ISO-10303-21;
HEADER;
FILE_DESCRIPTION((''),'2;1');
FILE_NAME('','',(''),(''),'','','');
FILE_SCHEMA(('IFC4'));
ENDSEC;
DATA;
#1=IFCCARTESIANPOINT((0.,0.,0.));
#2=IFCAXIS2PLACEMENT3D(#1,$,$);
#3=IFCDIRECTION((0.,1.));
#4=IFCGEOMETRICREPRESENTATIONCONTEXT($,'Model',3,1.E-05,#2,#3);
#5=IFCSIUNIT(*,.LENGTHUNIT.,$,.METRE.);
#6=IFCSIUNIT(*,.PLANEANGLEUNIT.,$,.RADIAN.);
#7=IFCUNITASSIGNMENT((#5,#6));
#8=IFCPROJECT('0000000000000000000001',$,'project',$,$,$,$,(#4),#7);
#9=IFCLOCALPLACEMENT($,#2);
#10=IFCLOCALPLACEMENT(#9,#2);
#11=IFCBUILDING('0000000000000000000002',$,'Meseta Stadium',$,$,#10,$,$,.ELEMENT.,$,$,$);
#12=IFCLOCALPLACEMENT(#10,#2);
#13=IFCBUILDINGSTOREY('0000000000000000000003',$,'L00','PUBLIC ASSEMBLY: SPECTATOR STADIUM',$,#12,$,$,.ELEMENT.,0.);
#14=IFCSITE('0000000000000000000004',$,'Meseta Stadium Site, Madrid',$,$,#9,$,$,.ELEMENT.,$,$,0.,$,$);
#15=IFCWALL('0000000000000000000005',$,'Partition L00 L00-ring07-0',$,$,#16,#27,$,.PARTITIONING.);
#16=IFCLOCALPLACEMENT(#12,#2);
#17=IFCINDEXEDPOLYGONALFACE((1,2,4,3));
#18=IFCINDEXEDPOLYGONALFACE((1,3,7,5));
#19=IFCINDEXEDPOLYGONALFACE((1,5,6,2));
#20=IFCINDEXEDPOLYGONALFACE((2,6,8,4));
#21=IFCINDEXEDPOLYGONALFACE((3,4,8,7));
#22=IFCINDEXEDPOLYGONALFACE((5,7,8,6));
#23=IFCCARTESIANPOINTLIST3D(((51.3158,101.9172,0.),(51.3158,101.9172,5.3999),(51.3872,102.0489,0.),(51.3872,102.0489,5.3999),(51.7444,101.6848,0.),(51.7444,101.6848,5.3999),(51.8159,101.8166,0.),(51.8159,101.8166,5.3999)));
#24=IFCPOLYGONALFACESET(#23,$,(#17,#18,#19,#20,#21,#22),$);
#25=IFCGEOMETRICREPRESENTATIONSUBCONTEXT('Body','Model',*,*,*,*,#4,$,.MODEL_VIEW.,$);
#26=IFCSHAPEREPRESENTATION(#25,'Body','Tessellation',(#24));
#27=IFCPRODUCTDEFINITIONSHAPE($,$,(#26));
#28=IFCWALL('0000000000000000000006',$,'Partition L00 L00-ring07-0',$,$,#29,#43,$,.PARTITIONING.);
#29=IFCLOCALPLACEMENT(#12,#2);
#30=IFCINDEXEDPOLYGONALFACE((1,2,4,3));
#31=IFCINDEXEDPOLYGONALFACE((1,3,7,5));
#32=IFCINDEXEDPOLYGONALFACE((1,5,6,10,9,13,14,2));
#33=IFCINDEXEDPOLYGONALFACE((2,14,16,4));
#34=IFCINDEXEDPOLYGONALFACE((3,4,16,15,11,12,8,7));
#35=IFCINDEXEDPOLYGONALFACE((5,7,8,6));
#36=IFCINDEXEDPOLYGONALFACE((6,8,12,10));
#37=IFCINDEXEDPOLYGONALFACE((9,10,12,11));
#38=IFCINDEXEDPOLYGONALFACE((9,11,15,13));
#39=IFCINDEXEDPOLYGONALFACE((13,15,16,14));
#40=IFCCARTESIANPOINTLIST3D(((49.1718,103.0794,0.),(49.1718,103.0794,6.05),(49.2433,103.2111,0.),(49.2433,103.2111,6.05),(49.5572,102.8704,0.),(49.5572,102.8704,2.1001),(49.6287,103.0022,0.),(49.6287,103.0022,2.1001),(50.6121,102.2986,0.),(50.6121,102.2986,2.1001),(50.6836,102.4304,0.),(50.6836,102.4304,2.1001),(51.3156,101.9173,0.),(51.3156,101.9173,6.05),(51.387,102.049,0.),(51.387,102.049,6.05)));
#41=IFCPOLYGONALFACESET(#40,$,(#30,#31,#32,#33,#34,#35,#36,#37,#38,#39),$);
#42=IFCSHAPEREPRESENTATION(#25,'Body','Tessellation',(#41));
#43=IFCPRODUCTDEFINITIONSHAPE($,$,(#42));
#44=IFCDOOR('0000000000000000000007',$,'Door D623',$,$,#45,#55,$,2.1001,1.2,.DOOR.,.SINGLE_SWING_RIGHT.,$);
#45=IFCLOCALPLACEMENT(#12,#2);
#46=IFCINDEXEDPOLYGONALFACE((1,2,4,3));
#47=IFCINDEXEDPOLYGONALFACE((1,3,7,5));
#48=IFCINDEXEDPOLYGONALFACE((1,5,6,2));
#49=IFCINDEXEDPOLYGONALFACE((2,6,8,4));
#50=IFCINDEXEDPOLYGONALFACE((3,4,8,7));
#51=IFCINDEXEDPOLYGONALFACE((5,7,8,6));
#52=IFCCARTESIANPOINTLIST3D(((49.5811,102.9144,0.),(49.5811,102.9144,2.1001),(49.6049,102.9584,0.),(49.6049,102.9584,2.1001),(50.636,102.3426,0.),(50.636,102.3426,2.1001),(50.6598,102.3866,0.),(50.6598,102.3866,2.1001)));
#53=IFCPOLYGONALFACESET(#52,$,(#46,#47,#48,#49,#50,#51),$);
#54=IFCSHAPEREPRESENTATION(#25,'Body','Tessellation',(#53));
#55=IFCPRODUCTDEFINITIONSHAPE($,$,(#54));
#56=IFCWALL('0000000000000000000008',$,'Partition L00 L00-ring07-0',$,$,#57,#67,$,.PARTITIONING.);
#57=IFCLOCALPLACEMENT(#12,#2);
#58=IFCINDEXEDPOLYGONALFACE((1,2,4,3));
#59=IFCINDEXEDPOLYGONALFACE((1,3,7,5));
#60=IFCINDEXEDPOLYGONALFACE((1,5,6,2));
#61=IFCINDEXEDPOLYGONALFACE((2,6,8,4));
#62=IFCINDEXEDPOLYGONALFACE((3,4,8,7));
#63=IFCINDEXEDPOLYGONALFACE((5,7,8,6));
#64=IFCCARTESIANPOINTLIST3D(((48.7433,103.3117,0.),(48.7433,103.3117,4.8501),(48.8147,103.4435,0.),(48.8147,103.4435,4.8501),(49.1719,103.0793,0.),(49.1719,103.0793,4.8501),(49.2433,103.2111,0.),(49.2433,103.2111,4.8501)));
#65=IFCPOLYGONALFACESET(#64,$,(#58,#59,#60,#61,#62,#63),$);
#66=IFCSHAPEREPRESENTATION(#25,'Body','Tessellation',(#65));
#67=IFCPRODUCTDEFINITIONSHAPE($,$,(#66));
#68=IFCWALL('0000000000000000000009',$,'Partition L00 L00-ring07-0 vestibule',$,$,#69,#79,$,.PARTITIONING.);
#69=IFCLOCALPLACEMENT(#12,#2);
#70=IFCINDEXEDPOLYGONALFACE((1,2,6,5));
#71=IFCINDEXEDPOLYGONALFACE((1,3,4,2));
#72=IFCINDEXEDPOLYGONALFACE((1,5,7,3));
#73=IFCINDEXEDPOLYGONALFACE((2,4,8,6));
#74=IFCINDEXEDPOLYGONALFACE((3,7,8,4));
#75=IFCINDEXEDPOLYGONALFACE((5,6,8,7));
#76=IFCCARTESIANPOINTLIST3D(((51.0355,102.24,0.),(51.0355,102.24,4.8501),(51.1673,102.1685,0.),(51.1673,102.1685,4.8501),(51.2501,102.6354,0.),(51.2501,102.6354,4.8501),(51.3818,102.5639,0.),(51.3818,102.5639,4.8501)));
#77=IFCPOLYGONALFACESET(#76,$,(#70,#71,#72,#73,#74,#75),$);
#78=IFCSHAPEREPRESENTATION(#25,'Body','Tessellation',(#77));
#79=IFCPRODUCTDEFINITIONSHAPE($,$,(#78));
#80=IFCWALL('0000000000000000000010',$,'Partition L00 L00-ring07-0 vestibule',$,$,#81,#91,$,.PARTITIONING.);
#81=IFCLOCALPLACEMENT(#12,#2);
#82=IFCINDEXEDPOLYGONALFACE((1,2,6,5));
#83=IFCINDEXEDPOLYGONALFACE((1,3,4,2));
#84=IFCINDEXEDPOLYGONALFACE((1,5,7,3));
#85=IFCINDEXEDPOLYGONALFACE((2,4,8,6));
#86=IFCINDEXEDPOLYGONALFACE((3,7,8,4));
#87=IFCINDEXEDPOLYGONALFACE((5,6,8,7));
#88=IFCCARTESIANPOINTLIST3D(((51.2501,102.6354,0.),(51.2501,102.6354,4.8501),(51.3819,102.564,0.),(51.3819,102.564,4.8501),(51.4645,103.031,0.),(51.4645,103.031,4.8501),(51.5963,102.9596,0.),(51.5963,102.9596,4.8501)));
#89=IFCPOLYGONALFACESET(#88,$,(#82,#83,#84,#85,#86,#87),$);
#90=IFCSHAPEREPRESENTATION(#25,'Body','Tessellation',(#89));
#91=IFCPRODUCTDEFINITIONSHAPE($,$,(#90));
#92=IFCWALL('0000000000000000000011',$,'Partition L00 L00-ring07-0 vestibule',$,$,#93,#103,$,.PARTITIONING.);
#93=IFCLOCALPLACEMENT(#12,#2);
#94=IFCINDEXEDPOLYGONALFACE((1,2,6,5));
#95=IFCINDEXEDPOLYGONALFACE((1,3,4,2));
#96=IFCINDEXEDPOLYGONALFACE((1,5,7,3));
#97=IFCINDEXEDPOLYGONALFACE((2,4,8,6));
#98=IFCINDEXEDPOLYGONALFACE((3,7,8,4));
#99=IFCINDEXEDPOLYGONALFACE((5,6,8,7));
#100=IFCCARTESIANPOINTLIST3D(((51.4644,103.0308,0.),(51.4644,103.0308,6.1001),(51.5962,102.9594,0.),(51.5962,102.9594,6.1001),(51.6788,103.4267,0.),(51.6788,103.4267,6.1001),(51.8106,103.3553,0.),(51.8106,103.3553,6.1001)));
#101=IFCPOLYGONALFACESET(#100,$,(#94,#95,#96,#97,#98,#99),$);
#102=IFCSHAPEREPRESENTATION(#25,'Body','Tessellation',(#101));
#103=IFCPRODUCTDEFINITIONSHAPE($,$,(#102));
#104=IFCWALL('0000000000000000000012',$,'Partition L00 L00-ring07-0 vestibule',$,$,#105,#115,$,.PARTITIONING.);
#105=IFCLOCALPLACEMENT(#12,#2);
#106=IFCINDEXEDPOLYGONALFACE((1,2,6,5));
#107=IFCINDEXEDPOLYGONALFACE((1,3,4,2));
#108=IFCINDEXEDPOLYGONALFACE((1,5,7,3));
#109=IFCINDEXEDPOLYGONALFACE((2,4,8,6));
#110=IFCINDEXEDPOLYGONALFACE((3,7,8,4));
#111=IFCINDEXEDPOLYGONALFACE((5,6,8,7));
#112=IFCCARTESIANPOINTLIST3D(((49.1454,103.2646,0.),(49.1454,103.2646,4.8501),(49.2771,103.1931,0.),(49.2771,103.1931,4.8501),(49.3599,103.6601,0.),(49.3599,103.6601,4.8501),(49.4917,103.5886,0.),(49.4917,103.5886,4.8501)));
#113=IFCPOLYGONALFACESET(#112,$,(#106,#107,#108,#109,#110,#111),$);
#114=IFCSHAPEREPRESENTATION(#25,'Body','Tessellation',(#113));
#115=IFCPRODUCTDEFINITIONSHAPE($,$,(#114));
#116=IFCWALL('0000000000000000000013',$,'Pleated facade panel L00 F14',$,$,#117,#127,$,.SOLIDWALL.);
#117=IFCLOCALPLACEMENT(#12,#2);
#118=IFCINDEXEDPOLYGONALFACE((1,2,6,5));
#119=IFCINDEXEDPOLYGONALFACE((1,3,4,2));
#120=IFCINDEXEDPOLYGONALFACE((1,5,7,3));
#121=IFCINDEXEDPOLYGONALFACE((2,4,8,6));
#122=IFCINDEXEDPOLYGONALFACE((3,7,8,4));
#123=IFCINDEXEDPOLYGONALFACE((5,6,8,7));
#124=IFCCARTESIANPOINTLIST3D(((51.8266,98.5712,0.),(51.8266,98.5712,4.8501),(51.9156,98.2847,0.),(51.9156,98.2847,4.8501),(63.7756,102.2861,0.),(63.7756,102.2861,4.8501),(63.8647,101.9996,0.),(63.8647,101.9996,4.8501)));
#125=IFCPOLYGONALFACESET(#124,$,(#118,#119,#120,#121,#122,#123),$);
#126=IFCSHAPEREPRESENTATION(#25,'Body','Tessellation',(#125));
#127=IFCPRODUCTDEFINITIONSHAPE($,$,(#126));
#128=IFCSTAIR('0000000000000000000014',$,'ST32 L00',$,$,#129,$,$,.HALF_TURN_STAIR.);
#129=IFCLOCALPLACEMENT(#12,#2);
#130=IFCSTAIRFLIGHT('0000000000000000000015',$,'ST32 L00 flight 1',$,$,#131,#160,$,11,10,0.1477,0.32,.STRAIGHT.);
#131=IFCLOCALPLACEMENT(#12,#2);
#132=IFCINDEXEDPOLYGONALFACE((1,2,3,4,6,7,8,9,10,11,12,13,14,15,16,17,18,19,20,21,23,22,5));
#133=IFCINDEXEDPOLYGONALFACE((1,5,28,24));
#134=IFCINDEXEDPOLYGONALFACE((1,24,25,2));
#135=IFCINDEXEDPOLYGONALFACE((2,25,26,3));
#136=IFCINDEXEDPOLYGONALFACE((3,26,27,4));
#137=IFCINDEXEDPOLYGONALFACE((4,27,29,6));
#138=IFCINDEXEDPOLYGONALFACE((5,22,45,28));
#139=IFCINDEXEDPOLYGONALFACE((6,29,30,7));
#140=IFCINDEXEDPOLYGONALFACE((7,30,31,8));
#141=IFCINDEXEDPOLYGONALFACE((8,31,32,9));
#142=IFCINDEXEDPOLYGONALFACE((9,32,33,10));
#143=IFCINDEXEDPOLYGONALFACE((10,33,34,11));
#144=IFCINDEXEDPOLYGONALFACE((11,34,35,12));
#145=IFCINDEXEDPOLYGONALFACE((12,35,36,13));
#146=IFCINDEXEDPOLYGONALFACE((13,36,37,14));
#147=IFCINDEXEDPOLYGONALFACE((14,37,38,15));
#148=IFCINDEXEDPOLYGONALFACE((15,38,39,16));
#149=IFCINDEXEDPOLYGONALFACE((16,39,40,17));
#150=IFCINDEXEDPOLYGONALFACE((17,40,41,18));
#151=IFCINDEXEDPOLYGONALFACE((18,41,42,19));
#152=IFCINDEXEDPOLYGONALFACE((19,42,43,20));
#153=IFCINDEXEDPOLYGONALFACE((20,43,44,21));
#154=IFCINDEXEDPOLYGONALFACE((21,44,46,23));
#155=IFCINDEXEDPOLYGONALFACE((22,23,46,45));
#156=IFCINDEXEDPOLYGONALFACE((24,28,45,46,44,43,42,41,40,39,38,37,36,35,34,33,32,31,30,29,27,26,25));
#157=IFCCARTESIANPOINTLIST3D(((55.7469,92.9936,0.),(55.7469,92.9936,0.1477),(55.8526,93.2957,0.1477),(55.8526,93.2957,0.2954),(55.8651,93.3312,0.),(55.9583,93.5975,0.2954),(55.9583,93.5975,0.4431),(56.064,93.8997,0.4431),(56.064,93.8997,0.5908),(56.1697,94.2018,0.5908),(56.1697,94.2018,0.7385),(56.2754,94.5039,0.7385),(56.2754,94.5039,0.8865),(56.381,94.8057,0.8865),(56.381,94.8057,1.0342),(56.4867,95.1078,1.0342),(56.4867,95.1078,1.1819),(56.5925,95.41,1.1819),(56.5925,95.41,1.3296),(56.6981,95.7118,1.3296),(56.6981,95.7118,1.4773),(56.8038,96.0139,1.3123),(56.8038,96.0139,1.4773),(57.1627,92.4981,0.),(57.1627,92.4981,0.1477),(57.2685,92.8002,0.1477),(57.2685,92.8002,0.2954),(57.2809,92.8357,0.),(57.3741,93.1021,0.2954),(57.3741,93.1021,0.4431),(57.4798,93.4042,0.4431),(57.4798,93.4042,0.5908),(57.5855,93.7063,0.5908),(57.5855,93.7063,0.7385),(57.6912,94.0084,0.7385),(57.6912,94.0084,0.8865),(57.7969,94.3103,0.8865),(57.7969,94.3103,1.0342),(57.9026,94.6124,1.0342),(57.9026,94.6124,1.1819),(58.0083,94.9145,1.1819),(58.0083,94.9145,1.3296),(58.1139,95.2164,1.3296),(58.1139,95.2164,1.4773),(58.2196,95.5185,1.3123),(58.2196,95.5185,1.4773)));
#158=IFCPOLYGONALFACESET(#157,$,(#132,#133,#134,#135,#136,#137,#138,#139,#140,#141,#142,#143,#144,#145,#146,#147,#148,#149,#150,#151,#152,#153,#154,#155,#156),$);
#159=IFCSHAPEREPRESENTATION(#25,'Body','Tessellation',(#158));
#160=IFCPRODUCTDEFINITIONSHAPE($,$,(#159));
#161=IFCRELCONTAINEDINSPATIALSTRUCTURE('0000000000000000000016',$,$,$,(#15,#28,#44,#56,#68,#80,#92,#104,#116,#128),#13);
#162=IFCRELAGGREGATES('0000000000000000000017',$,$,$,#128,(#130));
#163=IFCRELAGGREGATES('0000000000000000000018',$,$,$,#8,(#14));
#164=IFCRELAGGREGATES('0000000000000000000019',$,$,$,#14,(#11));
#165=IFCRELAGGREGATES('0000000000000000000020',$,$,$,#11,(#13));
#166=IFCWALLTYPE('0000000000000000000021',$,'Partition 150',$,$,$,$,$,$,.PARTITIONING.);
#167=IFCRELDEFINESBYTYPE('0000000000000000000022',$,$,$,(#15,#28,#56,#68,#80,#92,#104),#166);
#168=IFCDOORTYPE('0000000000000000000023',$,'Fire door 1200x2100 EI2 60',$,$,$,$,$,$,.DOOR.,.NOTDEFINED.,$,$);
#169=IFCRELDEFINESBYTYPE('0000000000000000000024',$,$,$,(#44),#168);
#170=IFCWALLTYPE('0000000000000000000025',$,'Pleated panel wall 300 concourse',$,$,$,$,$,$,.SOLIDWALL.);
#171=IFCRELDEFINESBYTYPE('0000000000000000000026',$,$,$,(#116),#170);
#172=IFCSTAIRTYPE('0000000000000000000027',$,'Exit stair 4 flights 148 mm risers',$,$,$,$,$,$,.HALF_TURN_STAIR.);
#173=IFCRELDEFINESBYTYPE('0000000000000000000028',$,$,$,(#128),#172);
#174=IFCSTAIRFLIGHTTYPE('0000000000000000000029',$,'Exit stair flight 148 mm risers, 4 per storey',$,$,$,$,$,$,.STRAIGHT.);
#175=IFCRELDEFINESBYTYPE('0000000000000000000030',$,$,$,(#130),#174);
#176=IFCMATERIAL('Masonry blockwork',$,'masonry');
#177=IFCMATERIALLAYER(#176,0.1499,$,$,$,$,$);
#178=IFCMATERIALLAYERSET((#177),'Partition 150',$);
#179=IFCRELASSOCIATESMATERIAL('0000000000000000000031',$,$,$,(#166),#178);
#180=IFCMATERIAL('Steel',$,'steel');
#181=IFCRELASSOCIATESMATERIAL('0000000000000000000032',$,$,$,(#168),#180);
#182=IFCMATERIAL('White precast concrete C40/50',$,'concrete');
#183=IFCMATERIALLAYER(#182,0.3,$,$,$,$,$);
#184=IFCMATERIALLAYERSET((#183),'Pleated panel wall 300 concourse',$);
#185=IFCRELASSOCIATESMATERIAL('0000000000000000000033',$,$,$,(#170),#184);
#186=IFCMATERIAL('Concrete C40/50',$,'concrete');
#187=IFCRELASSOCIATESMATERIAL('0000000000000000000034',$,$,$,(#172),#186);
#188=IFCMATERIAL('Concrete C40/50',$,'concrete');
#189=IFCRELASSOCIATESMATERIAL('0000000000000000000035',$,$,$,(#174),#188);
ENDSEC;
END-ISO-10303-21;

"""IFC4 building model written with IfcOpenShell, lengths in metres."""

from ifc_helpers import new_model, si_unit, direction, frame, frame_2d, origin, place, context, subcontext, project, spatial, polyline, rectangle, outline, extrude, material, layer, layer_set, type_object, element, fill, aggregate, save


model = new_model("IFC4")

# Units and contexts
model_context = context("Model", 3, precision=1e-05, world=origin(), true_north=direction((0.0, 1.0)))
body_context = subcontext(model_context, "Body", "Model", "MODEL_VIEW")
ifc_project = project(units=[si_unit("LENGTHUNIT", "METRE"), si_unit("PLANEANGLEUNIT", "RADIAN")], contexts=[model_context])

# Site, building, storey
site_placement = place(None, origin())
site = spatial("IfcSite", under=ifc_project, at=site_placement, Name="Meseta Stadium Site, Madrid", CompositionType="ELEMENT", RefElevation=0.0)
building_placement = place(site_placement, origin())
building = spatial("IfcBuilding", under=site, at=building_placement, Name="Meseta Stadium", CompositionType="ELEMENT")
storey_placement = place(building_placement, origin())
storey = spatial("IfcBuildingStorey", under=building, at=storey_placement, Name="L00", Description="PUBLIC ASSEMBLY: SPECTATOR STADIUM", CompositionType="ELEMENT", Elevation=0.0)

# Wall
ifc_material_1 = material(Name="Masonry blockwork", Category="masonry")
ifc_layer_1 = layer(ifc_material_1, 0.1499)
ifc_layer_set_1 = layer_set([ifc_layer_1], Name="Partition 150")
wall_type_1 = type_object("IfcWallType", Name="Partition 150", PredefinedType="PARTITIONING", material=ifc_layer_set_1)
wall_1_placement = place(storey_placement, frame((51.78, 101.7507, 0.0), z_axis=(0.0, 0.0, 1.0), x_axis=(-0.879117, 0.476606, 0.0)))
element("IfcWall", 1, at=wall_1_placement, inside=storey, type_object=wall_type_1, Name="Partition L00 L00-ring07-0", PredefinedType="PARTITIONING", context=body_context, shape_type="SweptSolid", body=[
    extrude(rectangle(XDim=0.4875, YDim=0.1499, at=frame_2d((0.2437, 0.0))), origin(), (0.0, 0.0, 1.0), 5.3999),
])

# Wall, opening, door
wall_2_placement = place(storey_placement, frame((51.3513, 101.9832, 0.0), z_axis=(0.0, 0.0, 1.0), x_axis=(-0.87914, 0.476564, 0.0)))
wall_2 = element("IfcWall", 2, at=wall_2_placement, inside=storey, type_object=wall_type_1, Name="Partition L00 L00-ring07-0", PredefinedType="PARTITIONING", context=body_context, shape_type="SweptSolid", body=[
    extrude(rectangle(XDim=2.4385, YDim=0.1499, at=frame_2d((1.2192, 0.0))), origin(), (0.0, 0.0, 1.0), 6.05),
])
opening_placement = place(wall_2_placement, frame((0.8, 0.0, 0.0)))
opening = element("IfcOpeningElement", 3, at=opening_placement, cuts=wall_2, PredefinedType="OPENING", context=body_context, shape_type="SweptSolid", body=[
    extrude(rectangle(XDim=1.2, YDim=2.1001, at=frame_2d((0.6001, 1.05))), frame((0.0, 0.085, 0.0), z_axis=(0.0, -1.0, 0.0), x_axis=(1.0, 0.0, 0.0)), (0.0, 0.0, 1.0), 0.1699),
])
ifc_material_2 = material(Name="Steel", Category="steel")
door_type = type_object("IfcDoorType", Name="Fire door 1200x2100 EI2 60", OperationType="NOTDEFINED", PredefinedType="DOOR", material=ifc_material_2)
door_placement = place(opening_placement, origin())
door = element("IfcDoor", 4, at=door_placement, inside=storey, type_object=door_type, Name="Door D623", OperationType="SINGLE_SWING_RIGHT", OverallHeight=2.1001, OverallWidth=1.2, PredefinedType="DOOR", context=body_context, shape_type="SweptSolid", body=[
    extrude(rectangle(XDim=1.2, YDim=2.1001, at=frame_2d((0.6001, 1.05))), frame((0.0, 0.0249, 0.0), z_axis=(0.0, -1.0, 0.0), x_axis=(1.0, 0.0, 0.0)), (0.0, 0.0, 1.0), 0.05),
])
fill(opening, door)

# Walls
wall_3_placement = place(storey_placement, frame((49.2075, 103.1453, 0.0), z_axis=(0.0, 0.0, 1.0), x_axis=(-0.879117, 0.476606, 0.0)))
element("IfcWall", 5, at=wall_3_placement, inside=storey, type_object=wall_type_1, Name="Partition L00 L00-ring07-0", PredefinedType="PARTITIONING", context=body_context, shape_type="SweptSolid", body=[
    extrude(rectangle(XDim=0.4875, YDim=0.1499, at=frame_2d((0.2437, 0.0))), origin(), (0.0, 0.0, 1.0), 4.8501),
])
for number, where, z_axis, x_axis, name in (
    (6, (51.1013, 102.2041, 0.0), (0.0, 0.0, 1.0), (0.476912, 0.878951, 0.0), "Partition L00 L00-ring07-0 vestibule"),
    (7, (51.3159, 102.5996, 0.0), (0.0, 0.0, 1.0), (0.476493, 0.879178, 0.0), "Partition L00 L00-ring07-0 vestibule"),
):
    element("IfcWall", number, at=place(storey_placement, frame(where, z_axis=z_axis, x_axis=x_axis)), inside=storey, type_object=wall_type_1, Name=name, PredefinedType="PARTITIONING", context=body_context, shape_type="SweptSolid", body=[
        extrude(rectangle(XDim=0.45, YDim=0.1499, at=frame_2d((0.2251, 0.0))), origin(), (0.0, 0.0, 1.0), 4.8501),
    ])
wall_4_placement = place(storey_placement, frame((51.5303, 102.9951, 0.0), z_axis=(0.0, 0.0, 1.0), x_axis=(0.476266, 0.879301, 0.0)))
element("IfcWall", 8, at=wall_4_placement, inside=storey, type_object=wall_type_1, Name="Partition L00 L00-ring07-0 vestibule", PredefinedType="PARTITIONING", context=body_context, shape_type="SweptSolid", body=[
    extrude(rectangle(XDim=0.4502, YDim=0.1499, at=frame_2d((0.2251, 0.0))), origin(), (0.0, 0.0, 1.0), 6.1001),
])
wall_5_placement = place(storey_placement, frame((49.2112, 103.2288, 0.0), z_axis=(0.0, 0.0, 1.0), x_axis=(0.476912, 0.878951, 0.0)))
element("IfcWall", 9, at=wall_5_placement, inside=storey, type_object=wall_type_1, Name="Partition L00 L00-ring07-0 vestibule", PredefinedType="PARTITIONING", context=body_context, shape_type="SweptSolid", body=[
    extrude(rectangle(XDim=0.45, YDim=0.1499, at=frame_2d((0.2251, 0.0))), origin(), (0.0, 0.0, 1.0), 4.8501),
])
ifc_material_3 = material(Name="White precast concrete C40/50", Category="concrete")
ifc_layer_2 = layer(ifc_material_3, 0.3)
ifc_layer_set_2 = layer_set([ifc_layer_2], Name="Pleated panel wall 300 concourse")
wall_type_2 = type_object("IfcWallType", Name="Pleated panel wall 300 concourse", PredefinedType="SOLIDWALL", material=ifc_layer_set_2)
wall_6_placement = place(storey_placement, frame((51.8711, 98.428, 0.0), z_axis=(0.0, 0.0, 1.0), x_axis=(0.954916, 0.296876, 0.0)))
element("IfcWall", 10, at=wall_6_placement, inside=storey, type_object=wall_type_2, Name="Pleated facade panel L00 F14", PredefinedType="SOLIDWALL", context=body_context, shape_type="SweptSolid", body=[
    extrude(rectangle(XDim=12.5132, YDim=0.3, at=frame_2d((6.2566, 0.0))), origin(), (0.0, 0.0, 1.0), 4.8501),
])

# Stair, stair flight
ifc_material_4 = material(Name="Concrete C40/50", Category="concrete")
stair_type = type_object("IfcStairType", Name="Exit stair 4 flights 148 mm risers", PredefinedType="HALF_TURN_STAIR", material=ifc_material_4)
stair_placement = place(storey_placement, origin())
stair = element("IfcStair", 11, at=stair_placement, inside=storey, type_object=stair_type, Name="ST32 L00", PredefinedType="HALF_TURN_STAIR")
ifc_material_5 = material(Name="Concrete C40/50", Category="concrete")
stair_flight_type = type_object("IfcStairFlightType", Name="Exit stair flight 148 mm risers, 4 per storey", PredefinedType="STRAIGHT", material=ifc_material_5)
stair_flight_1_placement = place(storey_placement, frame((56.4548, 92.7458, 0.0), z_axis=(0.0, 0.0, 1.0), x_axis=(0.330279, 0.943883, 0.0)))
stair_flight_1 = element("IfcStairFlight", 12, at=stair_flight_1_placement, type_object=stair_flight_type, Name="ST32 L00 flight 1", NumberOfRisers=11, NumberOfTreads=10, PredefinedType="STRAIGHT", RiserHeight=0.1477, TreadLength=0.32, context=body_context, shape_type="SweptSolid", body=[
    extrude(outline(polyline([(0.0, 0.0), (0.0, 0.1477), (0.3201, 0.1477), (0.3201, 0.2954), (0.6399, 0.2954), (0.6399, 0.4431), (0.96, 0.4431), (0.96, 0.5908), (1.28, 0.5908), (1.28, 0.7385), (1.6001, 0.7385), (1.6001, 0.8865), (1.9199, 0.8865), (1.9199, 1.0342), (2.24, 1.0342), (2.24, 1.1819), (2.5601, 1.1819), (2.5601, 1.3296), (2.8799, 1.3296), (2.8799, 1.4773), (3.2, 1.4773), (3.2, 1.3123), (0.3577, 0.0), (0.0, 0.0)])), frame((0.0, 0.75, 0.0), z_axis=(0.0, -1.0, 0.0), x_axis=(1.0, 0.0, 0.0)), (0.0, 0.0, 1.0), 1.5),
])
aggregate(stair, [stair_flight_1])

save(model, "model.ifc")
